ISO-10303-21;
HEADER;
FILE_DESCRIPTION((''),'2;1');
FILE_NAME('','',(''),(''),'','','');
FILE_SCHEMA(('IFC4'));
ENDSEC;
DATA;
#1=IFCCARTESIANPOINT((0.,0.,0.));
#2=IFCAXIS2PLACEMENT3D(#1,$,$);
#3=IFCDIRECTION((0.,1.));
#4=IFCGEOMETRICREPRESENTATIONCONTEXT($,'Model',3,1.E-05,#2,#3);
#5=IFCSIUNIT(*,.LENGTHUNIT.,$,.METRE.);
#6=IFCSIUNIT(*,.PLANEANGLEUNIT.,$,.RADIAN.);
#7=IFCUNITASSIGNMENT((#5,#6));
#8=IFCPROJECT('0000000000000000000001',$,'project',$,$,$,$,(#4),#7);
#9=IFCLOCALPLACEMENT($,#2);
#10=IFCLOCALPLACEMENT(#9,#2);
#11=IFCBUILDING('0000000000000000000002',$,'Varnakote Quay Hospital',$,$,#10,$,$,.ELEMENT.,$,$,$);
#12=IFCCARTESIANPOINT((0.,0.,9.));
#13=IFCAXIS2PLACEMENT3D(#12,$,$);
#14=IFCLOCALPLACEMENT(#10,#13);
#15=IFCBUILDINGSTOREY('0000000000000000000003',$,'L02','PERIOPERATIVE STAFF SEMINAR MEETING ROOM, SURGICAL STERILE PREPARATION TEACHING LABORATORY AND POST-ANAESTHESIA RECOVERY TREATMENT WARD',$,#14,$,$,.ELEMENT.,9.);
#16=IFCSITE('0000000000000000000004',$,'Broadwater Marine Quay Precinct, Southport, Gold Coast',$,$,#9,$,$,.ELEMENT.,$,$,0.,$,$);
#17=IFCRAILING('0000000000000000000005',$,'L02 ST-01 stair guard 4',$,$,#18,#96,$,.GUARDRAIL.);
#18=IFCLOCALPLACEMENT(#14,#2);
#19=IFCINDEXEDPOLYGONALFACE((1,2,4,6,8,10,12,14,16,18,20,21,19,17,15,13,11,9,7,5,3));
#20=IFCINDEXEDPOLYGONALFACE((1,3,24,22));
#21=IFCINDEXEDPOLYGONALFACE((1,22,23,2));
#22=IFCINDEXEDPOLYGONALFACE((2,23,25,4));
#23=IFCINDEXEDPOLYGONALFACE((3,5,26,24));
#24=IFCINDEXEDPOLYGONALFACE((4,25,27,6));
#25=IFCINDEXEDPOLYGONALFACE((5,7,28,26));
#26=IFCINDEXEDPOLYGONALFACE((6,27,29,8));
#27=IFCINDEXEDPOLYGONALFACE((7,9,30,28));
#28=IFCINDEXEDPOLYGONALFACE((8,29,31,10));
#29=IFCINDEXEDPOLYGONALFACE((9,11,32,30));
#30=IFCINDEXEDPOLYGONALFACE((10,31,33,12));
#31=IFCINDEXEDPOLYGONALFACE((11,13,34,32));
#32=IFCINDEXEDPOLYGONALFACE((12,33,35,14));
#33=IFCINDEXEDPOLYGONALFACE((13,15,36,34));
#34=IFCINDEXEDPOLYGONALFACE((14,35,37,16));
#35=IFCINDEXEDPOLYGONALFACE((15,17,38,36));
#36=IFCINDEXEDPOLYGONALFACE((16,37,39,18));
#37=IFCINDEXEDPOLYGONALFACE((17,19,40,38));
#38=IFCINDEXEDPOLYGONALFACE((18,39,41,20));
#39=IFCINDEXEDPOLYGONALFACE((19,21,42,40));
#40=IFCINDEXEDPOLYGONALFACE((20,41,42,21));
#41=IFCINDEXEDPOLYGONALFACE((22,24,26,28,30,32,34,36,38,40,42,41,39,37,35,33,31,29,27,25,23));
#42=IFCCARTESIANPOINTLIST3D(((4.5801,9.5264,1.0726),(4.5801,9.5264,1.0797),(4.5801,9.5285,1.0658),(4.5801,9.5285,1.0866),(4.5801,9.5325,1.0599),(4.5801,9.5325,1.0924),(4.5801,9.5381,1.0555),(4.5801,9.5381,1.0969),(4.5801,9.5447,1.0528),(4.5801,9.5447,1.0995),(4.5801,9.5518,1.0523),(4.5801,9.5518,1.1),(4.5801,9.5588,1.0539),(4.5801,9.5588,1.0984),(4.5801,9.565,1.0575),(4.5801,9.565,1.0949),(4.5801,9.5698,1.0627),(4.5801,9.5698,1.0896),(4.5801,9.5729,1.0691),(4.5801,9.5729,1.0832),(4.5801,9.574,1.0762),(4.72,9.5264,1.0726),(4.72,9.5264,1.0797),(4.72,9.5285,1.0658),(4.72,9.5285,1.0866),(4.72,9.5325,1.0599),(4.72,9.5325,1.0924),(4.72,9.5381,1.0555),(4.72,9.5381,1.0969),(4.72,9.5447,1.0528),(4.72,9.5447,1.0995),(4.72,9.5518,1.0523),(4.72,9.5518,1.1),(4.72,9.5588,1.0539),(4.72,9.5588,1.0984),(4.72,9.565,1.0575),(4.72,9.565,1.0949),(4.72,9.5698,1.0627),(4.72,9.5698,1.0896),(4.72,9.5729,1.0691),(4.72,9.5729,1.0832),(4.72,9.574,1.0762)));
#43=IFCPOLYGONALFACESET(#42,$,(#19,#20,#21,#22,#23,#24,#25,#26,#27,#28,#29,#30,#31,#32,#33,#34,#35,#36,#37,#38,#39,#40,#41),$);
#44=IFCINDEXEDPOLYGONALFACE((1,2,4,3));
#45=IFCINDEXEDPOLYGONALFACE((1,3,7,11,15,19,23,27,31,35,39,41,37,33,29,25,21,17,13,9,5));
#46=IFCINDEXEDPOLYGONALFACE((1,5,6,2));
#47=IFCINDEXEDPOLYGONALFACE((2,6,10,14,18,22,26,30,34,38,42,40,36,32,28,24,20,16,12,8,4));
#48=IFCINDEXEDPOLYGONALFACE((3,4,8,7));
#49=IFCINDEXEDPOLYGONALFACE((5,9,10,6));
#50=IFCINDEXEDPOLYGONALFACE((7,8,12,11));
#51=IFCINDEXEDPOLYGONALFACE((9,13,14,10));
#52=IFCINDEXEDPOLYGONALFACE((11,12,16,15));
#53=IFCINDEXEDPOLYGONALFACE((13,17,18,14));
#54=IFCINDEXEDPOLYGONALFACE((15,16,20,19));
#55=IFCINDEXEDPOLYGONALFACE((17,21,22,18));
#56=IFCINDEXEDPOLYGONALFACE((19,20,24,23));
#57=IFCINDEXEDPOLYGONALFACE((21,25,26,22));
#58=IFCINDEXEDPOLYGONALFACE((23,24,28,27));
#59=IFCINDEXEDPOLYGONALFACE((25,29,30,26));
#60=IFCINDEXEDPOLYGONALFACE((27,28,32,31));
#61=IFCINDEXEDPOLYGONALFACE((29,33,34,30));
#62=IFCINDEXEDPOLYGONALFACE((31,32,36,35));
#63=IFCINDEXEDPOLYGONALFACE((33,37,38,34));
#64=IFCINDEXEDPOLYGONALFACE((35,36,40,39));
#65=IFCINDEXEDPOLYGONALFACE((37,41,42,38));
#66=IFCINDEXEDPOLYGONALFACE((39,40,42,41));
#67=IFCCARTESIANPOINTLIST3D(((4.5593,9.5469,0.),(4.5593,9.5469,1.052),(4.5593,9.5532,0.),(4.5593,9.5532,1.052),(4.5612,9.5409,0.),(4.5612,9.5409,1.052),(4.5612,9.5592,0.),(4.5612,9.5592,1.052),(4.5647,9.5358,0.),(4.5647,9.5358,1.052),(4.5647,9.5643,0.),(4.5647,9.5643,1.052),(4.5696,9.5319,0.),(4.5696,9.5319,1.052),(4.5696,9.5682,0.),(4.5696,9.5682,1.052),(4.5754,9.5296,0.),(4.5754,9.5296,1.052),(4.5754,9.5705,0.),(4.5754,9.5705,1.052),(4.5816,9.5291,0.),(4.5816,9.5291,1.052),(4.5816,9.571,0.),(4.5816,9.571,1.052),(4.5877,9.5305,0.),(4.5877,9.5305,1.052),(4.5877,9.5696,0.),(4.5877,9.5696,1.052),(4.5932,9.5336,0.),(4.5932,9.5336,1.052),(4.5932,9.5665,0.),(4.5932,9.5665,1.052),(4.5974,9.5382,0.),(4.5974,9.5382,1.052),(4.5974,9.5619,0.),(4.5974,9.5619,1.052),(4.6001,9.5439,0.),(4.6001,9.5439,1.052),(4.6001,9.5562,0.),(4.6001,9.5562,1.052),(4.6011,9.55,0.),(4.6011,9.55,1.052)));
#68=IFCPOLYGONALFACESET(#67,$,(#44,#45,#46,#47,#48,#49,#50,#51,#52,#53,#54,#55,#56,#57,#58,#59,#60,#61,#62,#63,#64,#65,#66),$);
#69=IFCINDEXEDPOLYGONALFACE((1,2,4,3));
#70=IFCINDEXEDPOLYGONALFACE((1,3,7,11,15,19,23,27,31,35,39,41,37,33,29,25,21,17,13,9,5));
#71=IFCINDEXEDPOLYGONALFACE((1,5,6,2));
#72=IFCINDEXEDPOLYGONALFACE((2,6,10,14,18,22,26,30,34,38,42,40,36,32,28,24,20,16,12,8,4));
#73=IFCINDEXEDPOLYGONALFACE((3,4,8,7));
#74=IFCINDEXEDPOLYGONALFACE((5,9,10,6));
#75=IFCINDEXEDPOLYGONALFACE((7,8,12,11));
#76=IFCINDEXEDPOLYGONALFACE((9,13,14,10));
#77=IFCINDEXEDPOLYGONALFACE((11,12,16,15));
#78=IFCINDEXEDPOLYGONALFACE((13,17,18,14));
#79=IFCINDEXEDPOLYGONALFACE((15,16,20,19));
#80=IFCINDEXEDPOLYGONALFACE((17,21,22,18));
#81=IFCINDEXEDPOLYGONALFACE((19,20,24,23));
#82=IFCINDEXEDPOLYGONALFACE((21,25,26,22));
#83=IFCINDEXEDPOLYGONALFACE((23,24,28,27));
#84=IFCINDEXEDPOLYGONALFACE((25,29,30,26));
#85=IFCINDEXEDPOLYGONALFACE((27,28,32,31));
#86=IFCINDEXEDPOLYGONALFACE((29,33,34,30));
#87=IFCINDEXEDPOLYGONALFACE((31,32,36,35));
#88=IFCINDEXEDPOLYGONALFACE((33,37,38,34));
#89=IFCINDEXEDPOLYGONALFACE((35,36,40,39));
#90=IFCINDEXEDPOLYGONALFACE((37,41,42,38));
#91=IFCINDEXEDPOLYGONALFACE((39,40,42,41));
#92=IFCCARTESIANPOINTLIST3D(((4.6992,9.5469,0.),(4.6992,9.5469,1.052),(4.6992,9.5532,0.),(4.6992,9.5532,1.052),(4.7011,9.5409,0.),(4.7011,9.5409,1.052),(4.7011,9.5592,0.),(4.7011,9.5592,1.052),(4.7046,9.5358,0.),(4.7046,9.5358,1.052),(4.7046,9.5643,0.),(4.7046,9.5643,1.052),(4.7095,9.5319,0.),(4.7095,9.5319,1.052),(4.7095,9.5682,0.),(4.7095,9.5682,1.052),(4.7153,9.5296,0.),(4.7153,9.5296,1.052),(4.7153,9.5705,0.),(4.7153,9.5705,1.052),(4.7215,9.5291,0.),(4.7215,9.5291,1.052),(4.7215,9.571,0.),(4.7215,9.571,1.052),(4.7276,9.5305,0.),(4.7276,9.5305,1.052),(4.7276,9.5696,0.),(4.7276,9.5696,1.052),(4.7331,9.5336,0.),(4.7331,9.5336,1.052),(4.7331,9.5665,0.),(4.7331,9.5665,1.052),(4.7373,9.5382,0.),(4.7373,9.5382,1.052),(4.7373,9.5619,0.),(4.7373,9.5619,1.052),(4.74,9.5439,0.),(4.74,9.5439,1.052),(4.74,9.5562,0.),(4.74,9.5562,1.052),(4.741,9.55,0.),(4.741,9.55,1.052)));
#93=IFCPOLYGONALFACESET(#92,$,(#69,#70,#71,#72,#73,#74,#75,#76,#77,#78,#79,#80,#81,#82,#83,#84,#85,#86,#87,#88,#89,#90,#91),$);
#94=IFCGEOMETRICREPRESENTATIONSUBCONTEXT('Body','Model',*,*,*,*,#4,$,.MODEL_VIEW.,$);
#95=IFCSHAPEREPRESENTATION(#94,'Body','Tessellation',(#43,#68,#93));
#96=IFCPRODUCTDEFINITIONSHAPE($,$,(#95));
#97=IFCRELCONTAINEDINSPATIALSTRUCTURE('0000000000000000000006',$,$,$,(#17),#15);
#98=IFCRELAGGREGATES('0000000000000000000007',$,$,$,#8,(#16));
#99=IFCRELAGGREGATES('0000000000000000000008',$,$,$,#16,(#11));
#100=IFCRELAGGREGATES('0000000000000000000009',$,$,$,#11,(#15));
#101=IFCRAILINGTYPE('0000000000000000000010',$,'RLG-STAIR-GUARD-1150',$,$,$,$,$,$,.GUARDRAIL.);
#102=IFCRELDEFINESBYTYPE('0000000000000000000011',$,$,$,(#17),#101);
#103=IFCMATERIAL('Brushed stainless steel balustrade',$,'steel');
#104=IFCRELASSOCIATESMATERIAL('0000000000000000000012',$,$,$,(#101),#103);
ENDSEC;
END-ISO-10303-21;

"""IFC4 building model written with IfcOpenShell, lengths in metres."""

from ifc_helpers import new_model, si_unit, direction, frame, origin, origin_2d, place, context, subcontext, project, spatial, circle, extrude, material, type_object, element, save


model = new_model("IFC4")

# Units and contexts
model_context = context("Model", 3, precision=1e-05, world=origin(), true_north=direction((0.0, 1.0)))
body_context = subcontext(model_context, "Body", "Model", "MODEL_VIEW")
ifc_project = project(units=[si_unit("LENGTHUNIT", "METRE"), si_unit("PLANEANGLEUNIT", "RADIAN")], contexts=[model_context])

# Site, building, storey
site_placement = place(None, origin())
site = spatial("IfcSite", under=ifc_project, at=site_placement, Name="Broadwater Marine Quay Precinct, Southport, Gold Coast", CompositionType="ELEMENT", RefElevation=0.0)
building_placement = place(site_placement, origin())
building = spatial("IfcBuilding", under=site, at=building_placement, Name="Varnakote Quay Hospital", CompositionType="ELEMENT")
storey_placement = place(building_placement, frame((0.0, 0.0, 9.0)))
storey = spatial("IfcBuildingStorey", under=building, at=storey_placement, Name="L02", Description="PERIOPERATIVE STAFF SEMINAR MEETING ROOM, SURGICAL STERILE PREPARATION TEACHING LABORATORY AND POST-ANAESTHESIA RECOVERY TREATMENT WARD", CompositionType="ELEMENT", Elevation=9.0)

# Railing
ifc_material_1 = material(Name="Brushed stainless steel balustrade", Category="steel")
railing_type_1 = type_object("IfcRailingType", Name="RLG-STAIR-GUARD-1150", PredefinedType="GUARDRAIL", material=ifc_material_1)
railing_1_placement = place(storey_placement, frame((4.5801, 9.55, 0.0)))
element("IfcRailing", 1, at=railing_1_placement, inside=storey, type_object=railing_type_1, Name="L02 ST-01 stair guard 4", PredefinedType="GUARDRAIL", context=body_context, shape_type="SweptSolid", body=[
    extrude(circle(Radius=0.0239, at=origin_2d()), frame((0.0, 0.0, 1.0762), z_axis=(1.0, 0.0, 0.0), x_axis=(0.0, 1.0, 0.0)), (0.0, 0.0, 1.0), 0.1399),
    extrude(circle(Radius=0.021, at=origin_2d()), origin(), (0.0, 0.0, 1.0), 1.052),
    extrude(circle(Radius=0.021, at=origin_2d()), frame((0.1399, 0.0, 0.0)), (0.0, 0.0, 1.0), 1.052),
])

save(model, "model.ifc")
